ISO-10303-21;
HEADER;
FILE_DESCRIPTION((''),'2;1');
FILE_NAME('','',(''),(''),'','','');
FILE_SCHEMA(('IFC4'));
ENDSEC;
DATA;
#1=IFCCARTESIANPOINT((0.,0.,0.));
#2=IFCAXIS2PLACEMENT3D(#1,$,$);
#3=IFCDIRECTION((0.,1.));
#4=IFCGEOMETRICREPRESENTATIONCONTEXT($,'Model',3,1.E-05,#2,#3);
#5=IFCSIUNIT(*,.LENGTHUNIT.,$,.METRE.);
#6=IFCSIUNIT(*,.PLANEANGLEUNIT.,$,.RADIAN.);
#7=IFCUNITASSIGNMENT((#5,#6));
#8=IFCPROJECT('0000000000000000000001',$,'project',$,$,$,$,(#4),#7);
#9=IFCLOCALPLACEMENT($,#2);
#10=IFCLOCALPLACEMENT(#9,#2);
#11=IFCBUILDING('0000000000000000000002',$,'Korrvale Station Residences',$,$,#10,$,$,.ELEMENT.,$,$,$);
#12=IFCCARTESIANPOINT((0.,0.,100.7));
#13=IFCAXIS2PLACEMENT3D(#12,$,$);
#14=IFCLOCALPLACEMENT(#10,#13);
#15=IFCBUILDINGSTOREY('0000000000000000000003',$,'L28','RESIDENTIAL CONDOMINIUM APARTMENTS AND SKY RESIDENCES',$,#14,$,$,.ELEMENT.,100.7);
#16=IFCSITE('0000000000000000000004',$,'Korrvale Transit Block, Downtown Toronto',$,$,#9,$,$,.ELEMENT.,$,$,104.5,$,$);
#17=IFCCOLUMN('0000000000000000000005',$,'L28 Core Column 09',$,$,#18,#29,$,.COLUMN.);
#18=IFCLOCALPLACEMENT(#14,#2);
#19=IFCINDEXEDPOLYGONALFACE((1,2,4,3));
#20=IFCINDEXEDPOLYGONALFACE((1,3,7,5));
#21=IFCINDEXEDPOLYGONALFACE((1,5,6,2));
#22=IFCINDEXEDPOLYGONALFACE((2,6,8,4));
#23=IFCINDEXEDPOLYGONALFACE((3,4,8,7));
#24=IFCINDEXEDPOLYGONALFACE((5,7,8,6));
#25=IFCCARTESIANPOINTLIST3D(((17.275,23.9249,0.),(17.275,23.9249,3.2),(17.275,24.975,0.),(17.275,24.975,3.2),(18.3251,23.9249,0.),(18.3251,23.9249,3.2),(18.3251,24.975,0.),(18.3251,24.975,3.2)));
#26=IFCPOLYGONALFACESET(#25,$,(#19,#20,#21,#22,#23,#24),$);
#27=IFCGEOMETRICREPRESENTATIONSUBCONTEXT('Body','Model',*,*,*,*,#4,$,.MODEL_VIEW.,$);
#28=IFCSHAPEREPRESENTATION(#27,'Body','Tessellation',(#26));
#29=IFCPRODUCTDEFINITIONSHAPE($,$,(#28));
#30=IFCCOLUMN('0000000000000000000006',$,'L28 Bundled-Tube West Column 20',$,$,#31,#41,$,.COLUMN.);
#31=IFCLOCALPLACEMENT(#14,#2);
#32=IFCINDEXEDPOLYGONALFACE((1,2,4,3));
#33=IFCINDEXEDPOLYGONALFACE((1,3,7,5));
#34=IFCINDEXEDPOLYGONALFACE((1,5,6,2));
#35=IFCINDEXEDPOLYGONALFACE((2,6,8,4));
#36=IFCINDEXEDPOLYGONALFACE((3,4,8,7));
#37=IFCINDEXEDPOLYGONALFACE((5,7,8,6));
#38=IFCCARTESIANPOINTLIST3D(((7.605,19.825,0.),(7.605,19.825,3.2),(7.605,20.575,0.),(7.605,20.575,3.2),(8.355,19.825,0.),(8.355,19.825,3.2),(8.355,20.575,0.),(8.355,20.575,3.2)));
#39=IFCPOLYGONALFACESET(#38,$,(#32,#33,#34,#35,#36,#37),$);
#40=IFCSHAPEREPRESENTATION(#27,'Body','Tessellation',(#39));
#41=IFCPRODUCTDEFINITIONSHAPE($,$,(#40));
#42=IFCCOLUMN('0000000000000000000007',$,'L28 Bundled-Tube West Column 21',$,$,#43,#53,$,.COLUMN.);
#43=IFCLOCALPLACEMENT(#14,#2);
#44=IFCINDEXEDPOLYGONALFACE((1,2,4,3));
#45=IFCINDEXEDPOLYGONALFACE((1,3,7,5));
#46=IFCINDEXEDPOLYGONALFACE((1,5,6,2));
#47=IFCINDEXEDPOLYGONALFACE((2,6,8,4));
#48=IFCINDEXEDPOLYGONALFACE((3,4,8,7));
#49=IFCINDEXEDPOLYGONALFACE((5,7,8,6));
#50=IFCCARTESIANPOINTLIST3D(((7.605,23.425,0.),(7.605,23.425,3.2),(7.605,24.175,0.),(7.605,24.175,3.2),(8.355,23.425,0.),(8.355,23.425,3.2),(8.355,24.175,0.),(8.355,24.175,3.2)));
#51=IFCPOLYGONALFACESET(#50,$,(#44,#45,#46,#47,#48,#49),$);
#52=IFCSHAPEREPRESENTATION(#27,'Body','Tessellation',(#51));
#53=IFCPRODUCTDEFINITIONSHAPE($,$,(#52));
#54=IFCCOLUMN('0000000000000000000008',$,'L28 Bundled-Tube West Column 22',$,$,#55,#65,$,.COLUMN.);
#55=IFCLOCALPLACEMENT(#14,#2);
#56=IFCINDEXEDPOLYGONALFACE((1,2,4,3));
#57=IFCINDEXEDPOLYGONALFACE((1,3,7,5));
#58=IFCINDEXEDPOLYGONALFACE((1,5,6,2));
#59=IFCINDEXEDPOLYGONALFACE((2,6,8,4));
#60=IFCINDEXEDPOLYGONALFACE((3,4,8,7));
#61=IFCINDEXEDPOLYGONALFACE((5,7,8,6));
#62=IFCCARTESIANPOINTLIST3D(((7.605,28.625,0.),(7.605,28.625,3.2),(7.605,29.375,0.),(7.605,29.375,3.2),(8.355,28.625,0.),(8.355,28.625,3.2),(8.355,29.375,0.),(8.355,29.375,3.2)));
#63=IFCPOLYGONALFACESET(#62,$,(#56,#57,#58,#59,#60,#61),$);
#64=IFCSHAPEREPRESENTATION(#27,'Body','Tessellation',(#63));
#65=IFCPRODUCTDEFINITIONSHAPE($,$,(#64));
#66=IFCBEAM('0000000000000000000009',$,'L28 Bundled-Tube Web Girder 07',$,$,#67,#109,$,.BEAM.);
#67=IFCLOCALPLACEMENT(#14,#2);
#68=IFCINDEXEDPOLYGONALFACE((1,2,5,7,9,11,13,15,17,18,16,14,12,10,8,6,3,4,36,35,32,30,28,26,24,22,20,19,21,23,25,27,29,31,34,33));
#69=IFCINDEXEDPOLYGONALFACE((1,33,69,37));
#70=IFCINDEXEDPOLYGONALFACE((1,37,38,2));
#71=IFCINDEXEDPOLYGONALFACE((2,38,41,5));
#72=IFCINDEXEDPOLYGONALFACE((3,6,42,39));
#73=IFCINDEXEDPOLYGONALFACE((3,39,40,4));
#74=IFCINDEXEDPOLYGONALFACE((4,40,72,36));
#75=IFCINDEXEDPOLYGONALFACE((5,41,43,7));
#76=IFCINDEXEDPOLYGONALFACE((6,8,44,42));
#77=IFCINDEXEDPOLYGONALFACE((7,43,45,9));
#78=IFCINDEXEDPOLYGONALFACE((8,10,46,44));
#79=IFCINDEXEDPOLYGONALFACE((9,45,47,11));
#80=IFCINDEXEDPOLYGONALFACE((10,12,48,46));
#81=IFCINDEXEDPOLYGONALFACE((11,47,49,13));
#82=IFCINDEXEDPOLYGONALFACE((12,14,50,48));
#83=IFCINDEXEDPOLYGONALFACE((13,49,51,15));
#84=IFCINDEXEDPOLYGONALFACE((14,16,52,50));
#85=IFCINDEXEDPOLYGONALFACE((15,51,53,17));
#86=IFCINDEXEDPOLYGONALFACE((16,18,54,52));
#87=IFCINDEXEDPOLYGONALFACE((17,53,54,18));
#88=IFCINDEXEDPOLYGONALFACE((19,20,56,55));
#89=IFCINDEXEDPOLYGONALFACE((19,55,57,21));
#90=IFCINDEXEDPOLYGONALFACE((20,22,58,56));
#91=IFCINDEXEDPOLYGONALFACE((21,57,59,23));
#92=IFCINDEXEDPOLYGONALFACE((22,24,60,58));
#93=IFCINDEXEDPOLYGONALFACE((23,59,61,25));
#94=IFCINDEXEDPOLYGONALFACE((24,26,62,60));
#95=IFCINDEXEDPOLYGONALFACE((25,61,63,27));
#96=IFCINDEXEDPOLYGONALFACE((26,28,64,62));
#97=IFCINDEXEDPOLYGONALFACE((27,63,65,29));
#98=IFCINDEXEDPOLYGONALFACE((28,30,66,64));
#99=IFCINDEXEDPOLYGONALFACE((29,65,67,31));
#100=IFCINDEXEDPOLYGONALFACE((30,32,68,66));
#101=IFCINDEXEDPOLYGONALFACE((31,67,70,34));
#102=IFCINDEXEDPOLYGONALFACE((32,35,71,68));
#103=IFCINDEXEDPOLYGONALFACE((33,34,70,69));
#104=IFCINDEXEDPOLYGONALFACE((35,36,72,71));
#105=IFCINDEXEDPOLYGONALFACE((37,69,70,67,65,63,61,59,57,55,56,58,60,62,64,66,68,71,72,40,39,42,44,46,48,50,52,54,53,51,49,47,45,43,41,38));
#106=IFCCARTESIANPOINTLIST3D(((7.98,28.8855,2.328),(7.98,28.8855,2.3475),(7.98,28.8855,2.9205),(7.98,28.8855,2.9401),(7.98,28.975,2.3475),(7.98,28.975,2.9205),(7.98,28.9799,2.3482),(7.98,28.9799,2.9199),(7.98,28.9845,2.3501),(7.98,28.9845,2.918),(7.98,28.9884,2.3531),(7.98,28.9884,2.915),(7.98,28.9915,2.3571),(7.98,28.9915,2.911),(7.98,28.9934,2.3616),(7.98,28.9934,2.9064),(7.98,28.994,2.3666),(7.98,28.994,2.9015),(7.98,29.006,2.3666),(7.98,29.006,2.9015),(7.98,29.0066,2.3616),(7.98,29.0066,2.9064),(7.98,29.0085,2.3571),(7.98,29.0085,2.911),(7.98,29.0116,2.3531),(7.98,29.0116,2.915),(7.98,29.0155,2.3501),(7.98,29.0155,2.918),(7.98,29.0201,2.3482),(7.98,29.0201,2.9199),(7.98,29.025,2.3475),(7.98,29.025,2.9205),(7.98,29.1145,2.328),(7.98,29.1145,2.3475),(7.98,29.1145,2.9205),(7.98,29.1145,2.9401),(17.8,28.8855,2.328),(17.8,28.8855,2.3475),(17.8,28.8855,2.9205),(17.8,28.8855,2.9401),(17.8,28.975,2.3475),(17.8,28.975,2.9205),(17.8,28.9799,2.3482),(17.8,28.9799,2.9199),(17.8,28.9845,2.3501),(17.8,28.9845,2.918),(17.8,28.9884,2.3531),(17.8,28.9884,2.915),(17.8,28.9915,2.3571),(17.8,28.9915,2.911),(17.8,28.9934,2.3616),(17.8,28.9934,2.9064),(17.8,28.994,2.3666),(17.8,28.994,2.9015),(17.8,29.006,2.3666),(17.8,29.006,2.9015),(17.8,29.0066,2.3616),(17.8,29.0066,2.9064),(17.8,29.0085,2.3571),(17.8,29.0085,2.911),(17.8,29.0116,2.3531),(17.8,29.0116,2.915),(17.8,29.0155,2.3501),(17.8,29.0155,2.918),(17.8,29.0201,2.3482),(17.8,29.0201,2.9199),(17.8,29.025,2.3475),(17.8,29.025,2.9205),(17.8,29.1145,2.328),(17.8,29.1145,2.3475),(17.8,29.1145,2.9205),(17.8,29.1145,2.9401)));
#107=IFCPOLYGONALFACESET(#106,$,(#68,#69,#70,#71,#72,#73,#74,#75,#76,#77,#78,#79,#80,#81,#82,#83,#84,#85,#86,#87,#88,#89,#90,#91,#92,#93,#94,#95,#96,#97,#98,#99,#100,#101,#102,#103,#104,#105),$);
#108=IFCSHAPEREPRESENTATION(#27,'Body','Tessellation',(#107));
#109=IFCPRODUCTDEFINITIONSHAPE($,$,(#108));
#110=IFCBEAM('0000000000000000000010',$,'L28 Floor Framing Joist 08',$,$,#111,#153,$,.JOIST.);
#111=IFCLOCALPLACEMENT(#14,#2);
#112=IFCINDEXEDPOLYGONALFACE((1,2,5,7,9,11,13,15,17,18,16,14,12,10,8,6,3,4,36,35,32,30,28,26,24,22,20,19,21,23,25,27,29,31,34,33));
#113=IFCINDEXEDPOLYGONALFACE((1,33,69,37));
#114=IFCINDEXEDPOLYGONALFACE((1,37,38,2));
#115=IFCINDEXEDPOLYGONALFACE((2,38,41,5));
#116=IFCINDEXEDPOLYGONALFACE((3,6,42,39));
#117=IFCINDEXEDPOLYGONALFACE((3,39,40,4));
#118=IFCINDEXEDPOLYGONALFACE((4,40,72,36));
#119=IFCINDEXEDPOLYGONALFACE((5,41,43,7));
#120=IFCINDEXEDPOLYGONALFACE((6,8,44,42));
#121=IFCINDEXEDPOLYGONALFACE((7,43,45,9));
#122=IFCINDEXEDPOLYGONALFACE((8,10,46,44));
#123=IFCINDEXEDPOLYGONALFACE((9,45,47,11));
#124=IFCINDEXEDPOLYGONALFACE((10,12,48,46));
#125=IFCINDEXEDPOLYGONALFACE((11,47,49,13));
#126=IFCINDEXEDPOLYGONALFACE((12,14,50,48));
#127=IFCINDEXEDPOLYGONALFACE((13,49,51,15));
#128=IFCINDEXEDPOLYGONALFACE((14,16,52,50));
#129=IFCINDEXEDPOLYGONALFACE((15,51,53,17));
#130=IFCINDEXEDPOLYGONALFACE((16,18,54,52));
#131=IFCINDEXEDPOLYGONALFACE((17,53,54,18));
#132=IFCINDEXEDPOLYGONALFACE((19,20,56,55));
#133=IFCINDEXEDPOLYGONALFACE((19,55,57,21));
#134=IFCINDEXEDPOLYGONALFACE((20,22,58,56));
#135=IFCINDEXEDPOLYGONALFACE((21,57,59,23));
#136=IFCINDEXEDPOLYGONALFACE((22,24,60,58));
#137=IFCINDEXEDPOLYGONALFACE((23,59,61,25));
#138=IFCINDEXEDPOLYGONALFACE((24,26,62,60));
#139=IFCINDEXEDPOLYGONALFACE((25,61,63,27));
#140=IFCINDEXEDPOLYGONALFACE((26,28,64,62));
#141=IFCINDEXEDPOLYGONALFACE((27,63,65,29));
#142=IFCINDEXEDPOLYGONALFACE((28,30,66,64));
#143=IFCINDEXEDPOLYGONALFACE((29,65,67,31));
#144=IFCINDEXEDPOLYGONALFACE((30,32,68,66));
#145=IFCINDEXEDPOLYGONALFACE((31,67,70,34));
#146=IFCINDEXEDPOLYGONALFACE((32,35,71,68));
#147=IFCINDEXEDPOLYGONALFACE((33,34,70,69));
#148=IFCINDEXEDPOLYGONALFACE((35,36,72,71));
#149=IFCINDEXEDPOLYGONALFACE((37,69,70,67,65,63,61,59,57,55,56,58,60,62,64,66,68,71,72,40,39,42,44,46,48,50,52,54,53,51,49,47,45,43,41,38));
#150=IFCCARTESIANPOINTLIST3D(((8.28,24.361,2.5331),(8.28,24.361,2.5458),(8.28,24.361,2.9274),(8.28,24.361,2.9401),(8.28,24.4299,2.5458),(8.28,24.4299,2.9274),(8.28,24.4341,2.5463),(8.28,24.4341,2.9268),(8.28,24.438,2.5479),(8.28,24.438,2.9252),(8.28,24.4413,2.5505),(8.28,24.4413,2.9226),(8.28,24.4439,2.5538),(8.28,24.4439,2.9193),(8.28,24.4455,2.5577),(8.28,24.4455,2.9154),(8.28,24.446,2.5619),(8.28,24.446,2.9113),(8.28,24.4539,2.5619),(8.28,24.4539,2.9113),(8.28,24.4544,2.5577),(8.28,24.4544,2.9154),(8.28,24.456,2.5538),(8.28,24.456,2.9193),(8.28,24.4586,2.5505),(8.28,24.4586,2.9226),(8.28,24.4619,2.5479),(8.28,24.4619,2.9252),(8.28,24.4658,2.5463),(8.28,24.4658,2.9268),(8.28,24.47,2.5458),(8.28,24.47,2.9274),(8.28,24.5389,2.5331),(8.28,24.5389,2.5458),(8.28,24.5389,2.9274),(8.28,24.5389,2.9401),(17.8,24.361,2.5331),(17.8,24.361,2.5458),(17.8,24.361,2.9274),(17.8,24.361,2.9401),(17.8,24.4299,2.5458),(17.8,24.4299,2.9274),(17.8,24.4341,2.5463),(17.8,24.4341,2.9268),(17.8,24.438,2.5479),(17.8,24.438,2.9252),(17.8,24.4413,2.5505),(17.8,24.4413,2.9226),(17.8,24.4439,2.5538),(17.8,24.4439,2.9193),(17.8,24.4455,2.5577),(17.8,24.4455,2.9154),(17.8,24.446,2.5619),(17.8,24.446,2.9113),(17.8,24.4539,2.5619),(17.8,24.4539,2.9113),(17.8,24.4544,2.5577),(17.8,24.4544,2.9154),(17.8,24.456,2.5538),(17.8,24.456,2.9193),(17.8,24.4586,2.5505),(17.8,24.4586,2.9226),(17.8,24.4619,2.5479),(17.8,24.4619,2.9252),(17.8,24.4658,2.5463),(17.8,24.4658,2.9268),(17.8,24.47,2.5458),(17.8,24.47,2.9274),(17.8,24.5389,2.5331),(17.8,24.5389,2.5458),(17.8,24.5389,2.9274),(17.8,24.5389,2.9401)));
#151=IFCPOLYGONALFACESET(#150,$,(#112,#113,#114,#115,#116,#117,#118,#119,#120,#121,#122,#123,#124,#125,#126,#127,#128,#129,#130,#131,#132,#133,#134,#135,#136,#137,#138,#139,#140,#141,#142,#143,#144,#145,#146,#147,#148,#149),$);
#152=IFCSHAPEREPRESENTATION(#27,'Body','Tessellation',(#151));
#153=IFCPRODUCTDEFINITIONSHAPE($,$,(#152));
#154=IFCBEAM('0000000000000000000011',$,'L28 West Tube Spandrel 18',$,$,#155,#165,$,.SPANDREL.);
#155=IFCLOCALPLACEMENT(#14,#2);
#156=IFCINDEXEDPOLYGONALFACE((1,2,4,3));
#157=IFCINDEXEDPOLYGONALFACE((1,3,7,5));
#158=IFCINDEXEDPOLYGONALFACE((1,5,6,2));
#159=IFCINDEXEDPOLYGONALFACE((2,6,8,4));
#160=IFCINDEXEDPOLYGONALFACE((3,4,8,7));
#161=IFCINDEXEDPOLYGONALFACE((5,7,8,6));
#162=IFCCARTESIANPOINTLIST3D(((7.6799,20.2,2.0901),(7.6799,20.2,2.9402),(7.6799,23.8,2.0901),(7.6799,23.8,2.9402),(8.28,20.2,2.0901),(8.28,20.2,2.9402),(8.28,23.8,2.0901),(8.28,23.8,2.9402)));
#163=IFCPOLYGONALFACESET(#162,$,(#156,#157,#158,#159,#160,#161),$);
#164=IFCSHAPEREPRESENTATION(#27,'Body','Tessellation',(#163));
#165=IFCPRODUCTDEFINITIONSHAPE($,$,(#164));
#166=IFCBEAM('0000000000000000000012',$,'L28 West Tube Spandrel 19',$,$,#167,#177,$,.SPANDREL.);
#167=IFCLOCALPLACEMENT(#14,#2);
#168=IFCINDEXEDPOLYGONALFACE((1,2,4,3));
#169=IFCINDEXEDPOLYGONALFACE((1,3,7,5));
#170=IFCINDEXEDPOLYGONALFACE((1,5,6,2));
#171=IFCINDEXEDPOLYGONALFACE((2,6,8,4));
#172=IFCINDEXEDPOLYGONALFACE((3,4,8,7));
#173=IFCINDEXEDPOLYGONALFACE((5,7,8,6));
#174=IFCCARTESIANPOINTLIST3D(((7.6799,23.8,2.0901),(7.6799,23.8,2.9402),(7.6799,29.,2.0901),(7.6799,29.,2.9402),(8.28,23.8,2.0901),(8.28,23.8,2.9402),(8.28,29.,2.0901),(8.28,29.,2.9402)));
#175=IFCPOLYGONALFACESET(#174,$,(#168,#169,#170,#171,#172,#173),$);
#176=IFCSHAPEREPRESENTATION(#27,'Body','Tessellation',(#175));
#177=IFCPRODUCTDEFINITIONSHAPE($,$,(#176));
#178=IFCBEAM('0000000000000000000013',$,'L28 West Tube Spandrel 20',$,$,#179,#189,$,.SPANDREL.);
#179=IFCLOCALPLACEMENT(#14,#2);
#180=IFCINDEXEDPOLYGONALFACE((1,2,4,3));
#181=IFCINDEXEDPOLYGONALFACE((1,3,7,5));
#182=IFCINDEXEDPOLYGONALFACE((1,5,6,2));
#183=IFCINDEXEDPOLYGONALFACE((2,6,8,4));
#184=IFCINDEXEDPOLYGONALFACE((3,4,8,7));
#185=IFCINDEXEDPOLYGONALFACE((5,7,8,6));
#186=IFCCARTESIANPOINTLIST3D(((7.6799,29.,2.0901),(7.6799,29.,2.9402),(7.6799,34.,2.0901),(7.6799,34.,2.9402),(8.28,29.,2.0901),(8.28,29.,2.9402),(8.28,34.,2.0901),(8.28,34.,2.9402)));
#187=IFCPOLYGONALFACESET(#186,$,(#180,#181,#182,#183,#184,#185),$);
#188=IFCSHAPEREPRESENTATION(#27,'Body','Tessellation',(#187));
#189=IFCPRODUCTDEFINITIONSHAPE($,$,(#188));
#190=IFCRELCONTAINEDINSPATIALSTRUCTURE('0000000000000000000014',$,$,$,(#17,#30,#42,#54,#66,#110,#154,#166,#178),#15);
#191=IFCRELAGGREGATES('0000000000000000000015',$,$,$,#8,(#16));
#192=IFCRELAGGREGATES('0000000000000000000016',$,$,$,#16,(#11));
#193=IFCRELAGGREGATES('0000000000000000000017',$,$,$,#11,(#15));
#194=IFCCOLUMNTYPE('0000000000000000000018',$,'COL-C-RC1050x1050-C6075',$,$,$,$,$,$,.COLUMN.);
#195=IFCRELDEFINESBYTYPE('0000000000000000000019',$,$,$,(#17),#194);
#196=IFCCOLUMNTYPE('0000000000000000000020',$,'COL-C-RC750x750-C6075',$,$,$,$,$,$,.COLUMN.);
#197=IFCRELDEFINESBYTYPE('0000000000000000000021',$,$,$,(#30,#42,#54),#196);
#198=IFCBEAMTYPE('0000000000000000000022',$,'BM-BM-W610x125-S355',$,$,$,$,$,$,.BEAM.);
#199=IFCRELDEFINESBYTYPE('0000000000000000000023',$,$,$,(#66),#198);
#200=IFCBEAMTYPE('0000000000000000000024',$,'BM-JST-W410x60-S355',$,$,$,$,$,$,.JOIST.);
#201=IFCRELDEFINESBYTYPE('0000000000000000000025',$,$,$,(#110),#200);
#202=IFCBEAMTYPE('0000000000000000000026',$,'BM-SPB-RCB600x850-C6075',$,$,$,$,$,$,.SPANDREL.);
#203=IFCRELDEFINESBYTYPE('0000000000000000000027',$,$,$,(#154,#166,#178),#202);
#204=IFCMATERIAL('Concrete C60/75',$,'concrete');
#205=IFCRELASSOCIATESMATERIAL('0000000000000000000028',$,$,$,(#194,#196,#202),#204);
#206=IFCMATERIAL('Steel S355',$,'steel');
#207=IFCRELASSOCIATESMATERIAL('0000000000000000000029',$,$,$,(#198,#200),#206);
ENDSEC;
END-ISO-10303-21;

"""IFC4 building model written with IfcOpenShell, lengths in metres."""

from ifc_helpers import new_model, si_unit, direction, frame, origin, origin_2d, place, context, subcontext, project, spatial, rectangle, i_section, extrude, material, material_profile, profile_set, type_object, element, save


model = new_model("IFC4")

# Units and contexts
model_context = context("Model", 3, precision=1e-05, world=origin(), true_north=direction((0.0, 1.0)))
body_context = subcontext(model_context, "Body", "Model", "MODEL_VIEW")
ifc_project = project(units=[si_unit("LENGTHUNIT", "METRE"), si_unit("PLANEANGLEUNIT", "RADIAN")], contexts=[model_context])

# Site, building, storey
site_placement = place(None, origin())
site = spatial("IfcSite", under=ifc_project, at=site_placement, Name="Korrvale Transit Block, Downtown Toronto", CompositionType="ELEMENT", RefElevation=104.5)
building_placement = place(site_placement, origin())
building = spatial("IfcBuilding", under=site, at=building_placement, Name="Korrvale Station Residences", CompositionType="ELEMENT")
storey_placement = place(building_placement, frame((0.0, 0.0, 100.7)))
storey = spatial("IfcBuildingStorey", under=building, at=storey_placement, Name="L28", Description="RESIDENTIAL CONDOMINIUM APARTMENTS AND SKY RESIDENCES", CompositionType="ELEMENT", Elevation=100.7)

# Columns
ifc_material_1 = material(Name="Concrete C60/75", Category="concrete")
ifc_material_profile_1 = material_profile(ifc_material_1, rectangle(XDim=1.05, YDim=1.05, at=origin_2d()), Name="RC1050x1050")
ifc_profile_set_1 = profile_set([ifc_material_profile_1], Name="Concrete C60/75")
column_type_1 = type_object("IfcColumnType", Name="COL-C-RC1050x1050-C6075", PredefinedType="COLUMN", material=ifc_profile_set_1)
column_placement = place(storey_placement, frame((17.8, 24.45, 0.0), z_axis=(0.0, 0.0, 1.0), x_axis=(1.0, 0.0, 0.0)))
element("IfcColumn", 1, at=column_placement, inside=storey, type_object=column_type_1, Name="L28 Core Column 09", PredefinedType="COLUMN", context=body_context, shape_type="SweptSolid", body=[
    extrude(rectangle(XDim=1.05, YDim=1.05, at=origin_2d()), origin(), (0.0, 0.0, 1.0), 3.2),
])
ifc_material_profile_2 = material_profile(ifc_material_1, rectangle(XDim=0.75, YDim=0.75, at=origin_2d()), Name="RC750x750")
ifc_profile_set_2 = profile_set([ifc_material_profile_2], Name="Concrete C60/75")
column_type_2 = type_object("IfcColumnType", Name="COL-C-RC750x750-C6075", PredefinedType="COLUMN", material=ifc_profile_set_2)
for number, where, z_axis, x_axis, name in (
    (2, (7.98, 20.2, 0.0), (0.0, 0.0, 1.0), (1.0, 0.0, 0.0), "L28 Bundled-Tube West Column 20"),
    (3, (7.98, 23.8, 0.0), (0.0, 0.0, 1.0), (1.0, 0.0, 0.0), "L28 Bundled-Tube West Column 21"),
    (4, (7.98, 29.0, 0.0), (0.0, 0.0, 1.0), (1.0, 0.0, 0.0), "L28 Bundled-Tube West Column 22"),
):
    element("IfcColumn", number, at=place(storey_placement, frame(where, z_axis=z_axis, x_axis=x_axis)), inside=storey, type_object=column_type_2, Name=name, PredefinedType="COLUMN", context=body_context, shape_type="SweptSolid", body=[
        extrude(rectangle(XDim=0.75, YDim=0.75, at=origin_2d()), origin(), (0.0, 0.0, 1.0), 3.2),
    ])

# Beams
ifc_material_2 = material(Name="Steel S355", Category="steel")
ifc_material_profile_3 = material_profile(ifc_material_2, i_section(OverallWidth=0.229, OverallDepth=0.6121, WebThickness=0.012, FlangeThickness=0.0195, FilletRadius=0.019, at=origin_2d()), Name="W610x125")
ifc_profile_set_3 = profile_set([ifc_material_profile_3], Name="Steel S355")
beam_type_1 = type_object("IfcBeamType", Name="BM-BM-W610x125-S355", PredefinedType="BEAM", material=ifc_profile_set_3)
beam_1_placement = place(storey_placement, frame((7.98, 29.0, 2.634), z_axis=(1.0, 0.0, 0.0), x_axis=(0.0, 1.0, 0.0)))
element("IfcBeam", 5, at=beam_1_placement, inside=storey, type_object=beam_type_1, Name="L28 Bundled-Tube Web Girder 07", PredefinedType="BEAM", context=body_context, shape_type="SweptSolid", body=[
    extrude(i_section(OverallWidth=0.229, OverallDepth=0.6121, WebThickness=0.012, FlangeThickness=0.0195, FilletRadius=0.019, at=origin_2d()), origin(), (0.0, 0.0, 1.0), 9.8201),
])
ifc_material_profile_4 = material_profile(ifc_material_2, i_section(OverallWidth=0.178, OverallDepth=0.407, WebThickness=0.0078, FlangeThickness=0.0127, FilletRadius=0.0161, at=origin_2d()), Name="W410x60")
ifc_profile_set_4 = profile_set([ifc_material_profile_4], Name="Steel S355")
beam_type_2 = type_object("IfcBeamType", Name="BM-JST-W410x60-S355", PredefinedType="JOIST", material=ifc_profile_set_4)
beam_2_placement = place(storey_placement, frame((8.28, 24.45, 2.7366), z_axis=(1.0, 0.0, 0.0), x_axis=(0.0, 1.0, 0.0)))
element("IfcBeam", 6, at=beam_2_placement, inside=storey, type_object=beam_type_2, Name="L28 Floor Framing Joist 08", PredefinedType="JOIST", context=body_context, shape_type="SweptSolid", body=[
    extrude(i_section(OverallWidth=0.178, OverallDepth=0.407, WebThickness=0.0078, FlangeThickness=0.0127, FilletRadius=0.0161, at=origin_2d()), origin(), (0.0, 0.0, 1.0), 9.52),
])
ifc_material_profile_5 = material_profile(ifc_material_1, rectangle(XDim=0.6001, YDim=0.8501, at=origin_2d()), Name="RCB600x850")
ifc_profile_set_5 = profile_set([ifc_material_profile_5], Name="Concrete C60/75")
beam_type_3 = type_object("IfcBeamType", Name="BM-SPB-RCB600x850-C6075", PredefinedType="SPANDREL", material=ifc_profile_set_5)
beam_3_placement = place(storey_placement, frame((7.98, 20.2, 2.5151), z_axis=(0.0, 1.0, 0.0), x_axis=(-1.0, 0.0, 0.0)))
element("IfcBeam", 7, at=beam_3_placement, inside=storey, type_object=beam_type_3, Name="L28 West Tube Spandrel 18", PredefinedType="SPANDREL", context=body_context, shape_type="SweptSolid", body=[
    extrude(rectangle(XDim=0.6001, YDim=0.8501, at=origin_2d()), origin(), (0.0, 0.0, 1.0), 3.6001),
])
beam_4_placement = place(storey_placement, frame((7.98, 23.8, 2.5151), z_axis=(0.0, 1.0, 0.0), x_axis=(-1.0, 0.0, 0.0)))
element("IfcBeam", 8, at=beam_4_placement, inside=storey, type_object=beam_type_3, Name="L28 West Tube Spandrel 19", PredefinedType="SPANDREL", context=body_context, shape_type="SweptSolid", body=[
    extrude(rectangle(XDim=0.6001, YDim=0.8501, at=origin_2d()), origin(), (0.0, 0.0, 1.0), 5.2),
])
beam_5_placement = place(storey_placement, frame((7.98, 29.0, 2.5151), z_axis=(0.0, 1.0, 0.0), x_axis=(-1.0, 0.0, 0.0)))
element("IfcBeam", 9, at=beam_5_placement, inside=storey, type_object=beam_type_3, Name="L28 West Tube Spandrel 20", PredefinedType="SPANDREL", context=body_context, shape_type="SweptSolid", body=[
    extrude(rectangle(XDim=0.6001, YDim=0.8501, at=origin_2d()), origin(), (0.0, 0.0, 1.0), 5.0),
])

save(model, "model.ifc")
